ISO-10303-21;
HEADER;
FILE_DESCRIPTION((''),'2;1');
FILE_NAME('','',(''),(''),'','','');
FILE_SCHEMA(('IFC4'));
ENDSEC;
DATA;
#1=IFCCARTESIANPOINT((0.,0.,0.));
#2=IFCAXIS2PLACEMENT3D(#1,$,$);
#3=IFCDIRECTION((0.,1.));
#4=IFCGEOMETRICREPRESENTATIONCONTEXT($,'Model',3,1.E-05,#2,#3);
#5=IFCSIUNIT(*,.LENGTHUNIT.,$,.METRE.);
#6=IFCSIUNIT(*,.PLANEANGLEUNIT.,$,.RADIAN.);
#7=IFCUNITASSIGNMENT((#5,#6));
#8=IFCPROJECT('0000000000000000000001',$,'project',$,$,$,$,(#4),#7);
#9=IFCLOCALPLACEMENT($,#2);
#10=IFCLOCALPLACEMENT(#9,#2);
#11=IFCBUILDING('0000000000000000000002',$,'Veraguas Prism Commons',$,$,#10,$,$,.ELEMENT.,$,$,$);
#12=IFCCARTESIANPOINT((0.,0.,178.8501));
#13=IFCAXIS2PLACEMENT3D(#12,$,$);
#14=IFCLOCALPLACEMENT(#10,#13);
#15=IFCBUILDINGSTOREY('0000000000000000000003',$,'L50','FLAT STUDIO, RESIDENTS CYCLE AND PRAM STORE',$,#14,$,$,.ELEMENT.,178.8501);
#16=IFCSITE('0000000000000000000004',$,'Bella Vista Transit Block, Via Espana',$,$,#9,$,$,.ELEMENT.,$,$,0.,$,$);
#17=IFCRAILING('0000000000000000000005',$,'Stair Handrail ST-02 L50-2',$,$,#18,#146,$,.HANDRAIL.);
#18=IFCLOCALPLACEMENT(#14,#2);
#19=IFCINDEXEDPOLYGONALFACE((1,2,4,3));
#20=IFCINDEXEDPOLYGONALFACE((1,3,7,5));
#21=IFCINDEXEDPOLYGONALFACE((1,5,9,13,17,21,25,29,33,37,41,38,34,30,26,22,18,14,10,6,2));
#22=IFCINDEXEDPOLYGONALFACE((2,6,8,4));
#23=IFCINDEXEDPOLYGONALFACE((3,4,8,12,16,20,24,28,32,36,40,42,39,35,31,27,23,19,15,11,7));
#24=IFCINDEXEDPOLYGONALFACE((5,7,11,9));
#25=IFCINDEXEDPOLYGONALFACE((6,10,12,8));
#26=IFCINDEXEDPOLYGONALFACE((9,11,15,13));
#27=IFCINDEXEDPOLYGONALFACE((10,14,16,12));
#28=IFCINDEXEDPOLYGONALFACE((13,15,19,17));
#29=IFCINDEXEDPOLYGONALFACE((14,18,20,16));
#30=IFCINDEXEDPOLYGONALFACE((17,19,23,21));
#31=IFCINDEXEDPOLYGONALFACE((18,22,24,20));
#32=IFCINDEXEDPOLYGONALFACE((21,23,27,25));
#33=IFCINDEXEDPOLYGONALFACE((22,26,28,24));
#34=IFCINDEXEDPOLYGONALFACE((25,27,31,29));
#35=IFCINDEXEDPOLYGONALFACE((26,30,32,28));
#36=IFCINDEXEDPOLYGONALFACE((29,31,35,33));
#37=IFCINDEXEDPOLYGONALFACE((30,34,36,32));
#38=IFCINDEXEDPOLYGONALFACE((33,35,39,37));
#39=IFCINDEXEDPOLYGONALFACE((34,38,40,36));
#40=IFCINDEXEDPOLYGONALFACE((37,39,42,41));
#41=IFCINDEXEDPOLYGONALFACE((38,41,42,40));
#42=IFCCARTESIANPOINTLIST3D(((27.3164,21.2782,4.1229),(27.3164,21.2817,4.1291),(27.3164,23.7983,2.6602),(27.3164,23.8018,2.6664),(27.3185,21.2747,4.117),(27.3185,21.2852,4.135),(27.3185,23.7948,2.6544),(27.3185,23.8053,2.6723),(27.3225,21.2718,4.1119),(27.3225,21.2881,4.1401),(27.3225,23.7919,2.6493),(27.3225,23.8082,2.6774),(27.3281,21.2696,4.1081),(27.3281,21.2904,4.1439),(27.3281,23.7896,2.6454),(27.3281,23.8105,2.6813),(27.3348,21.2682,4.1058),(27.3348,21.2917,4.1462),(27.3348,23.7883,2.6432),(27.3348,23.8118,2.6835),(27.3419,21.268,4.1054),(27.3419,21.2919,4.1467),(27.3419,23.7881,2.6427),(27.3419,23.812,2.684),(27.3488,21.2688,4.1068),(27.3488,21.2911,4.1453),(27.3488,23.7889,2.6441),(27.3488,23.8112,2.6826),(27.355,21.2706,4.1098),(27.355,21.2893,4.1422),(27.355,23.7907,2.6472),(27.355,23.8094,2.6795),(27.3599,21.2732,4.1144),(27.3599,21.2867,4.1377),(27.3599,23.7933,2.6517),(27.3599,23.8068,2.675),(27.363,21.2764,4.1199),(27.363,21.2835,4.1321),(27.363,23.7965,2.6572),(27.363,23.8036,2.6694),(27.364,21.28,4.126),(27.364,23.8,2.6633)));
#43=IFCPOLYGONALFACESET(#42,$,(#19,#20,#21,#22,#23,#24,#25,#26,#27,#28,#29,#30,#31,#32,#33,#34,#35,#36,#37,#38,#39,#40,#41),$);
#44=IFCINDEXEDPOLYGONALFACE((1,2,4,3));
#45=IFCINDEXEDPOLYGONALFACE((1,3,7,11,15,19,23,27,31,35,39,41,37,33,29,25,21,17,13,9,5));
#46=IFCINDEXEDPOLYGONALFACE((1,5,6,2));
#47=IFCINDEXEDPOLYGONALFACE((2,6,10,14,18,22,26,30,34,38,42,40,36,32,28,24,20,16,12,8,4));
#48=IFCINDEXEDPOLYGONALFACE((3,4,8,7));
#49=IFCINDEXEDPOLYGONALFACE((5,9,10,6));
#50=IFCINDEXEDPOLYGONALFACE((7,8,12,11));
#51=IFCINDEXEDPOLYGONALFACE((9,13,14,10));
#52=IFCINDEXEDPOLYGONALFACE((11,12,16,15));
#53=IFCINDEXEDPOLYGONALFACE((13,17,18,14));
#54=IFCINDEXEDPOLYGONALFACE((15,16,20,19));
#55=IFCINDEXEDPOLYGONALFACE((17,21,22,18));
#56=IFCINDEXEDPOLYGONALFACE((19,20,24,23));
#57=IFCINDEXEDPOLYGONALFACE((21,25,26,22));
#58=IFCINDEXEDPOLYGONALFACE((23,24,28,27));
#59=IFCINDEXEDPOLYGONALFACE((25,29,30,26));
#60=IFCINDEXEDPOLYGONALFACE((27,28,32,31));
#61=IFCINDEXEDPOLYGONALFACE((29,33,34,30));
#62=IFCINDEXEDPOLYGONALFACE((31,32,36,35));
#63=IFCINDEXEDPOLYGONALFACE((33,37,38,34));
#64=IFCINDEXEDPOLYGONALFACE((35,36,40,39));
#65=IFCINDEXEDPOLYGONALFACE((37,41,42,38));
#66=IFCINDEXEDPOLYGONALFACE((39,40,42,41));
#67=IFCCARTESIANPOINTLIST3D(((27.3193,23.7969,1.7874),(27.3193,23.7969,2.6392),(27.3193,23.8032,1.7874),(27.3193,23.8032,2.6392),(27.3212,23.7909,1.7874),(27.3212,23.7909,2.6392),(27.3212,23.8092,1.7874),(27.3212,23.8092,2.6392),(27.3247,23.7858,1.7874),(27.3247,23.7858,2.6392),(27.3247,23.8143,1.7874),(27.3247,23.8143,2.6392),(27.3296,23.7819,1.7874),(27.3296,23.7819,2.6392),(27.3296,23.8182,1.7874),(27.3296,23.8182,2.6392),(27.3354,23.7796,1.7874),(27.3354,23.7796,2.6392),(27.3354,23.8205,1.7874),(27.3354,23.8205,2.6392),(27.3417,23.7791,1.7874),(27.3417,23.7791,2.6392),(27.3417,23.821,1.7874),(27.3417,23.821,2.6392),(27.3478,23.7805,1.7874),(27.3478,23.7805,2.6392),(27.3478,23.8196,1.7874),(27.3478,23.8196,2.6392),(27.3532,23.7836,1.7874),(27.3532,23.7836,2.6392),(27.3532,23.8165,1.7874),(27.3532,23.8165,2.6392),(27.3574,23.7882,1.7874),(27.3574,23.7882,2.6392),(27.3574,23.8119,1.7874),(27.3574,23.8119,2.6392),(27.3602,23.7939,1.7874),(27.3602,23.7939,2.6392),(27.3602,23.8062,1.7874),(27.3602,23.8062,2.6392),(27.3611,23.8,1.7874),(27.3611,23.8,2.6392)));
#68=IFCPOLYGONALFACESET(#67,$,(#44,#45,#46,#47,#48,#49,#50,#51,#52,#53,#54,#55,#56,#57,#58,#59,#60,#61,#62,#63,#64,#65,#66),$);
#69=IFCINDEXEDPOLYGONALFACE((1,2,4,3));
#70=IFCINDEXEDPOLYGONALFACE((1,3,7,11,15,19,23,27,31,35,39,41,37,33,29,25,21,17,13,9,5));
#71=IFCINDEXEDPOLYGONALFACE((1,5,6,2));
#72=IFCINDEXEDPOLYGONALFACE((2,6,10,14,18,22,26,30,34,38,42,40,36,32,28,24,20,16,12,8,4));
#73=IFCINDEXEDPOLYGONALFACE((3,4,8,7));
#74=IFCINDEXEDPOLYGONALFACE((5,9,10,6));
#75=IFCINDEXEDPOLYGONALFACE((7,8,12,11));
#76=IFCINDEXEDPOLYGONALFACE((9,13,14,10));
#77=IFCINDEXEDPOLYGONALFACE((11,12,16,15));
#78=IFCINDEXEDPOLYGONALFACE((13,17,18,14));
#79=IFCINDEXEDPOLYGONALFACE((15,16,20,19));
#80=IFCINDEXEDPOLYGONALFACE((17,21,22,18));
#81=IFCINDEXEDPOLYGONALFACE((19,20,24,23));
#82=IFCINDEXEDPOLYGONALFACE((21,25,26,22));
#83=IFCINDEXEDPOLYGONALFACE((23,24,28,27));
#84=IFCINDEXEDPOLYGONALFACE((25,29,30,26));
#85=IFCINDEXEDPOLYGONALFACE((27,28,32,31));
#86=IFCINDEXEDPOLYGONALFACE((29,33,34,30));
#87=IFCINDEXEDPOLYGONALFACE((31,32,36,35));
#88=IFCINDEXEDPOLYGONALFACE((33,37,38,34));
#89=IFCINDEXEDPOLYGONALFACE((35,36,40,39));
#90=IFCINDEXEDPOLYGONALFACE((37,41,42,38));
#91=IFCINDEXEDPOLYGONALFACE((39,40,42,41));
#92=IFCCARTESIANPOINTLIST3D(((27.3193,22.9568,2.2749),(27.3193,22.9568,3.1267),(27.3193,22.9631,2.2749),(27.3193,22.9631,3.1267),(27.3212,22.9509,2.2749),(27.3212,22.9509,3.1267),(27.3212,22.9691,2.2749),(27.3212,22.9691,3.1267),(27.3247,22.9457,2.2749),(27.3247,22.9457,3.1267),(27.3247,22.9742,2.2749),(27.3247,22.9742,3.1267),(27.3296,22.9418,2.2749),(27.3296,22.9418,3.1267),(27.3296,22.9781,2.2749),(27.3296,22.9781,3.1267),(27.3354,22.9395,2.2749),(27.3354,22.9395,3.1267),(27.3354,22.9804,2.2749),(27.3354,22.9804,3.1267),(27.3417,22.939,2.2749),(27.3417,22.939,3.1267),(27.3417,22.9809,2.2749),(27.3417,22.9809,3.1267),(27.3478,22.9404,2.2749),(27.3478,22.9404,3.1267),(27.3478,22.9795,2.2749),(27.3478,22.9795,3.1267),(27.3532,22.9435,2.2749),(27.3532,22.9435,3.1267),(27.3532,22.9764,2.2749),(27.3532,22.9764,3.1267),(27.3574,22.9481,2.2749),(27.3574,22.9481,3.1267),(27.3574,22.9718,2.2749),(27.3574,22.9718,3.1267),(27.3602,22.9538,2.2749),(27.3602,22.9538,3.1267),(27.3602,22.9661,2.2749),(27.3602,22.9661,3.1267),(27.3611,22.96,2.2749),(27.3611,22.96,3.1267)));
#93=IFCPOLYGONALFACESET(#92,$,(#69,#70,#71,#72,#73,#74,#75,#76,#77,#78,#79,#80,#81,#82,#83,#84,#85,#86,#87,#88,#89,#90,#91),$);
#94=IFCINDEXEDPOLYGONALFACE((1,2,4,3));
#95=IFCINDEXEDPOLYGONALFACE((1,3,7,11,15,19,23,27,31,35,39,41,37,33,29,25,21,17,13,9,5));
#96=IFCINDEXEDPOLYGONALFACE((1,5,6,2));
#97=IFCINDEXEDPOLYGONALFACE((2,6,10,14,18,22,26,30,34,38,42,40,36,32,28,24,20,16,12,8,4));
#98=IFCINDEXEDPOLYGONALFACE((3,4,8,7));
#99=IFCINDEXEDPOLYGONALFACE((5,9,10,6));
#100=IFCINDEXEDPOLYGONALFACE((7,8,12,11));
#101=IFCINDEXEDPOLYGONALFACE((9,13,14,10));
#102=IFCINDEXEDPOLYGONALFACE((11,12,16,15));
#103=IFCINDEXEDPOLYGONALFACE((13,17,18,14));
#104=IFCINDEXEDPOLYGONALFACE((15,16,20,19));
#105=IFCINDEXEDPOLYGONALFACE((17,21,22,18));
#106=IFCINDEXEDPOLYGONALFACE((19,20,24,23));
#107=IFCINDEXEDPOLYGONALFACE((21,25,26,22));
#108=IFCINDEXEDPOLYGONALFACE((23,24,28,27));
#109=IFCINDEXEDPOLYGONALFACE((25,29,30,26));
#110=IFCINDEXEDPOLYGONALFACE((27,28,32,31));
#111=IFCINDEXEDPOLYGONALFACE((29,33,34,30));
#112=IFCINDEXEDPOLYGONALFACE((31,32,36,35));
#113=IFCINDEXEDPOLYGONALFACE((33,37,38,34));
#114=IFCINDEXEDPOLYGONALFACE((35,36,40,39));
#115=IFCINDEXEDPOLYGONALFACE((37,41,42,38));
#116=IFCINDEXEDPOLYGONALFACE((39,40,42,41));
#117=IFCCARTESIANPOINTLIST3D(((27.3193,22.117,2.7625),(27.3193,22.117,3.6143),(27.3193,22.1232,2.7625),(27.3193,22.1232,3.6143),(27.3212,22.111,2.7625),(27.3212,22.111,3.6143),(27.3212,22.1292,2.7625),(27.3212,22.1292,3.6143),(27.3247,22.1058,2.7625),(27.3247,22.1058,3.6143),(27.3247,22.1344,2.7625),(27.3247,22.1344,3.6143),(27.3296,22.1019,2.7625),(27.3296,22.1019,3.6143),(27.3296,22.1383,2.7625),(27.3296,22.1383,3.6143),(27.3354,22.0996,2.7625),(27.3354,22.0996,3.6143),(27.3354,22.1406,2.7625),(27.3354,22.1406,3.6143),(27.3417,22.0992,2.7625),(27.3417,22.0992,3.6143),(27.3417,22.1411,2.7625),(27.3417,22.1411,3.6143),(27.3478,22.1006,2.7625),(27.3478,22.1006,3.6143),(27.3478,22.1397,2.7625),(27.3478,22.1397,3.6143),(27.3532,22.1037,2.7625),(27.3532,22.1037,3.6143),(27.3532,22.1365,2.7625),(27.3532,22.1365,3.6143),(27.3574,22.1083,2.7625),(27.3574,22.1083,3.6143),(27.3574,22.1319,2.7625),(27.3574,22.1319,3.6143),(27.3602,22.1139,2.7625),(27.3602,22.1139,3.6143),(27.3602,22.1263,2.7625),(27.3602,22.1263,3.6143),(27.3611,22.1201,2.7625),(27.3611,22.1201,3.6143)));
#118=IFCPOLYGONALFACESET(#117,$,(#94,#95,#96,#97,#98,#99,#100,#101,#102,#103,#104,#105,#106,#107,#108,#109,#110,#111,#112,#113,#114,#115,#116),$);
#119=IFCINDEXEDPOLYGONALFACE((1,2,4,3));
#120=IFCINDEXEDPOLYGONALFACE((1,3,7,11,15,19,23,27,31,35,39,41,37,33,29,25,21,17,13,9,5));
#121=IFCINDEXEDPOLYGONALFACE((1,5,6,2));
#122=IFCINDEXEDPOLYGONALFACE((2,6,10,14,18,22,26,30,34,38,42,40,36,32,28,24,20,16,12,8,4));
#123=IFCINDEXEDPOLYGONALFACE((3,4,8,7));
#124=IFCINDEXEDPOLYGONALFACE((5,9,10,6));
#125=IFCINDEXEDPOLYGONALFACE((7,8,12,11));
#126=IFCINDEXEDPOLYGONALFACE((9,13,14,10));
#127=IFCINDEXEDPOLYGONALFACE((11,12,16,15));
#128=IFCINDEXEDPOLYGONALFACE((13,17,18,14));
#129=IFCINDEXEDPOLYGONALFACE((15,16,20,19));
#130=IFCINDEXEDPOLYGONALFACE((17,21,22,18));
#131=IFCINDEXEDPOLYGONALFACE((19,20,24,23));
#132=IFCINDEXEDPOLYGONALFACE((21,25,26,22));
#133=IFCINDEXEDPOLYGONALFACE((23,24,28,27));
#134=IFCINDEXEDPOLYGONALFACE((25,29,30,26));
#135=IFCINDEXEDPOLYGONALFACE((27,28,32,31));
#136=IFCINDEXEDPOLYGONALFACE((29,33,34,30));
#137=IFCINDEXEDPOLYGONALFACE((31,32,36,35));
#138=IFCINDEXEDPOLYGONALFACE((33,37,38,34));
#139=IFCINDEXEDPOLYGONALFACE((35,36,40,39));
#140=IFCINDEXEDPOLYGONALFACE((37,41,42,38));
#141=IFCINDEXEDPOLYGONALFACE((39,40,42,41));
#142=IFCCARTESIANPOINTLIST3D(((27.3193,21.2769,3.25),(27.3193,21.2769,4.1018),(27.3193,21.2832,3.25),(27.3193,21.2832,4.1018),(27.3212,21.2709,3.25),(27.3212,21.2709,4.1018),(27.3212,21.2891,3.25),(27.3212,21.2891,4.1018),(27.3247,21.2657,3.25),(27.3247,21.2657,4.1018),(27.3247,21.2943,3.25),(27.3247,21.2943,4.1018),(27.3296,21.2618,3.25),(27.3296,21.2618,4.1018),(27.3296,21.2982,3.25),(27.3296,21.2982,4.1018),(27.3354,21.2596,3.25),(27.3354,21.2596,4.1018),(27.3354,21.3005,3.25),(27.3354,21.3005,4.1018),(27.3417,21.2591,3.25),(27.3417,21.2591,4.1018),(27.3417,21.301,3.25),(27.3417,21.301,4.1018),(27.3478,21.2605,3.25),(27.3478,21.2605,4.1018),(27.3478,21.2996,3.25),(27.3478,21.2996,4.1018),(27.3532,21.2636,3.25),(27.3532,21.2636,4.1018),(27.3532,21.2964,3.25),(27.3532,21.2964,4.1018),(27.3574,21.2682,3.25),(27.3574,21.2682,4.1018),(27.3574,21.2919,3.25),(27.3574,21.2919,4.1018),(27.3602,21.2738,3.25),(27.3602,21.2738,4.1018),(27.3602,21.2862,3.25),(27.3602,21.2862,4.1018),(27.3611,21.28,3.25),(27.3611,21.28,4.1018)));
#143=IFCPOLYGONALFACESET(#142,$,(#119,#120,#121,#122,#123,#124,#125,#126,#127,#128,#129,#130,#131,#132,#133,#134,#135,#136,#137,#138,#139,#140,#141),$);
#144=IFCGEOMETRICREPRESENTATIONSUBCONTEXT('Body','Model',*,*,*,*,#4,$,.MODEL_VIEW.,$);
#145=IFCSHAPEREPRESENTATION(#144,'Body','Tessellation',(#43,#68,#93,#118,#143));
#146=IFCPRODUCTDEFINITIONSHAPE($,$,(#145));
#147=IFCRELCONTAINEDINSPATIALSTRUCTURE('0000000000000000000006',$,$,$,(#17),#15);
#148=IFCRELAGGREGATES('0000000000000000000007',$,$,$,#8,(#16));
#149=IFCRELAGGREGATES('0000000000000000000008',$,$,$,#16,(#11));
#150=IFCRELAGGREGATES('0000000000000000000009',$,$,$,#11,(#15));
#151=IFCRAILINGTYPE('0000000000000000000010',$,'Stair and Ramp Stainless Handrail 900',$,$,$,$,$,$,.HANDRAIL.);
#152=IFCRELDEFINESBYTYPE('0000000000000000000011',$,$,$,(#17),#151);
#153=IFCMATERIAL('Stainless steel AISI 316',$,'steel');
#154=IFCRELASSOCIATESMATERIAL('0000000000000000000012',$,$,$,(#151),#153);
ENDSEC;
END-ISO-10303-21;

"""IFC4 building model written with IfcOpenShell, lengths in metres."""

from ifc_helpers import new_model, si_unit, direction, frame, origin, origin_2d, place, context, subcontext, project, spatial, circle, extrude, material, type_object, element, save


model = new_model("IFC4")

# Units and contexts
model_context = context("Model", 3, precision=1e-05, world=origin(), true_north=direction((0.0, 1.0)))
body_context = subcontext(model_context, "Body", "Model", "MODEL_VIEW")
ifc_project = project(units=[si_unit("LENGTHUNIT", "METRE"), si_unit("PLANEANGLEUNIT", "RADIAN")], contexts=[model_context])

# Site, building, storey
site_placement = place(None, origin())
site = spatial("IfcSite", under=ifc_project, at=site_placement, Name="Bella Vista Transit Block, Via Espana", CompositionType="ELEMENT", RefElevation=0.0)
building_placement = place(site_placement, origin())
building = spatial("IfcBuilding", under=site, at=building_placement, Name="Veraguas Prism Commons", CompositionType="ELEMENT")
storey_placement = place(building_placement, frame((0.0, 0.0, 178.8501)))
storey = spatial("IfcBuildingStorey", under=building, at=storey_placement, Name="L50", Description="FLAT STUDIO, RESIDENTS CYCLE AND PRAM STORE", CompositionType="ELEMENT", Elevation=178.8501)

# Shared definitions
ifc_material_1 = material(Name="Stainless steel AISI 316", Category="steel")

# Railing
railing_type_1 = type_object("IfcRailingType", Name="Stair and Ramp Stainless Handrail 900", PredefinedType="HANDRAIL", material=ifc_material_1)
railing_1_placement = place(storey_placement, frame((27.3401, 23.8, 1.7874)))
element("IfcRailing", 1, at=railing_1_placement, inside=storey, type_object=railing_type_1, Name="Stair Handrail ST-02 L50-2", PredefinedType="HANDRAIL", context=body_context, shape_type="SweptSolid", body=[
    extrude(circle(Radius=0.0239, at=origin_2d()), frame((0.0, 0.0, 0.876), z_axis=(0.0, -0.864877, 0.501984), x_axis=(1.0, 0.0, 0.0)), (0.0, 0.0, 1.0), 2.9138),
    extrude(circle(Radius=0.021, at=origin_2d()), origin(), (0.0, 0.0, 1.0), 0.8518),
    extrude(circle(Radius=0.021, at=origin_2d()), frame((0.0, -0.8401, 0.4875)), (0.0, 0.0, 1.0), 0.8518),
    extrude(circle(Radius=0.021, at=origin_2d()), frame((0.0, -1.6799, 0.9751)), (0.0, 0.0, 1.0), 0.8518),
    extrude(circle(Radius=0.021, at=origin_2d()), frame((0.0, -2.52, 1.4626)), (0.0, 0.0, 1.0), 0.8518),
])

save(model, "model.ifc")
